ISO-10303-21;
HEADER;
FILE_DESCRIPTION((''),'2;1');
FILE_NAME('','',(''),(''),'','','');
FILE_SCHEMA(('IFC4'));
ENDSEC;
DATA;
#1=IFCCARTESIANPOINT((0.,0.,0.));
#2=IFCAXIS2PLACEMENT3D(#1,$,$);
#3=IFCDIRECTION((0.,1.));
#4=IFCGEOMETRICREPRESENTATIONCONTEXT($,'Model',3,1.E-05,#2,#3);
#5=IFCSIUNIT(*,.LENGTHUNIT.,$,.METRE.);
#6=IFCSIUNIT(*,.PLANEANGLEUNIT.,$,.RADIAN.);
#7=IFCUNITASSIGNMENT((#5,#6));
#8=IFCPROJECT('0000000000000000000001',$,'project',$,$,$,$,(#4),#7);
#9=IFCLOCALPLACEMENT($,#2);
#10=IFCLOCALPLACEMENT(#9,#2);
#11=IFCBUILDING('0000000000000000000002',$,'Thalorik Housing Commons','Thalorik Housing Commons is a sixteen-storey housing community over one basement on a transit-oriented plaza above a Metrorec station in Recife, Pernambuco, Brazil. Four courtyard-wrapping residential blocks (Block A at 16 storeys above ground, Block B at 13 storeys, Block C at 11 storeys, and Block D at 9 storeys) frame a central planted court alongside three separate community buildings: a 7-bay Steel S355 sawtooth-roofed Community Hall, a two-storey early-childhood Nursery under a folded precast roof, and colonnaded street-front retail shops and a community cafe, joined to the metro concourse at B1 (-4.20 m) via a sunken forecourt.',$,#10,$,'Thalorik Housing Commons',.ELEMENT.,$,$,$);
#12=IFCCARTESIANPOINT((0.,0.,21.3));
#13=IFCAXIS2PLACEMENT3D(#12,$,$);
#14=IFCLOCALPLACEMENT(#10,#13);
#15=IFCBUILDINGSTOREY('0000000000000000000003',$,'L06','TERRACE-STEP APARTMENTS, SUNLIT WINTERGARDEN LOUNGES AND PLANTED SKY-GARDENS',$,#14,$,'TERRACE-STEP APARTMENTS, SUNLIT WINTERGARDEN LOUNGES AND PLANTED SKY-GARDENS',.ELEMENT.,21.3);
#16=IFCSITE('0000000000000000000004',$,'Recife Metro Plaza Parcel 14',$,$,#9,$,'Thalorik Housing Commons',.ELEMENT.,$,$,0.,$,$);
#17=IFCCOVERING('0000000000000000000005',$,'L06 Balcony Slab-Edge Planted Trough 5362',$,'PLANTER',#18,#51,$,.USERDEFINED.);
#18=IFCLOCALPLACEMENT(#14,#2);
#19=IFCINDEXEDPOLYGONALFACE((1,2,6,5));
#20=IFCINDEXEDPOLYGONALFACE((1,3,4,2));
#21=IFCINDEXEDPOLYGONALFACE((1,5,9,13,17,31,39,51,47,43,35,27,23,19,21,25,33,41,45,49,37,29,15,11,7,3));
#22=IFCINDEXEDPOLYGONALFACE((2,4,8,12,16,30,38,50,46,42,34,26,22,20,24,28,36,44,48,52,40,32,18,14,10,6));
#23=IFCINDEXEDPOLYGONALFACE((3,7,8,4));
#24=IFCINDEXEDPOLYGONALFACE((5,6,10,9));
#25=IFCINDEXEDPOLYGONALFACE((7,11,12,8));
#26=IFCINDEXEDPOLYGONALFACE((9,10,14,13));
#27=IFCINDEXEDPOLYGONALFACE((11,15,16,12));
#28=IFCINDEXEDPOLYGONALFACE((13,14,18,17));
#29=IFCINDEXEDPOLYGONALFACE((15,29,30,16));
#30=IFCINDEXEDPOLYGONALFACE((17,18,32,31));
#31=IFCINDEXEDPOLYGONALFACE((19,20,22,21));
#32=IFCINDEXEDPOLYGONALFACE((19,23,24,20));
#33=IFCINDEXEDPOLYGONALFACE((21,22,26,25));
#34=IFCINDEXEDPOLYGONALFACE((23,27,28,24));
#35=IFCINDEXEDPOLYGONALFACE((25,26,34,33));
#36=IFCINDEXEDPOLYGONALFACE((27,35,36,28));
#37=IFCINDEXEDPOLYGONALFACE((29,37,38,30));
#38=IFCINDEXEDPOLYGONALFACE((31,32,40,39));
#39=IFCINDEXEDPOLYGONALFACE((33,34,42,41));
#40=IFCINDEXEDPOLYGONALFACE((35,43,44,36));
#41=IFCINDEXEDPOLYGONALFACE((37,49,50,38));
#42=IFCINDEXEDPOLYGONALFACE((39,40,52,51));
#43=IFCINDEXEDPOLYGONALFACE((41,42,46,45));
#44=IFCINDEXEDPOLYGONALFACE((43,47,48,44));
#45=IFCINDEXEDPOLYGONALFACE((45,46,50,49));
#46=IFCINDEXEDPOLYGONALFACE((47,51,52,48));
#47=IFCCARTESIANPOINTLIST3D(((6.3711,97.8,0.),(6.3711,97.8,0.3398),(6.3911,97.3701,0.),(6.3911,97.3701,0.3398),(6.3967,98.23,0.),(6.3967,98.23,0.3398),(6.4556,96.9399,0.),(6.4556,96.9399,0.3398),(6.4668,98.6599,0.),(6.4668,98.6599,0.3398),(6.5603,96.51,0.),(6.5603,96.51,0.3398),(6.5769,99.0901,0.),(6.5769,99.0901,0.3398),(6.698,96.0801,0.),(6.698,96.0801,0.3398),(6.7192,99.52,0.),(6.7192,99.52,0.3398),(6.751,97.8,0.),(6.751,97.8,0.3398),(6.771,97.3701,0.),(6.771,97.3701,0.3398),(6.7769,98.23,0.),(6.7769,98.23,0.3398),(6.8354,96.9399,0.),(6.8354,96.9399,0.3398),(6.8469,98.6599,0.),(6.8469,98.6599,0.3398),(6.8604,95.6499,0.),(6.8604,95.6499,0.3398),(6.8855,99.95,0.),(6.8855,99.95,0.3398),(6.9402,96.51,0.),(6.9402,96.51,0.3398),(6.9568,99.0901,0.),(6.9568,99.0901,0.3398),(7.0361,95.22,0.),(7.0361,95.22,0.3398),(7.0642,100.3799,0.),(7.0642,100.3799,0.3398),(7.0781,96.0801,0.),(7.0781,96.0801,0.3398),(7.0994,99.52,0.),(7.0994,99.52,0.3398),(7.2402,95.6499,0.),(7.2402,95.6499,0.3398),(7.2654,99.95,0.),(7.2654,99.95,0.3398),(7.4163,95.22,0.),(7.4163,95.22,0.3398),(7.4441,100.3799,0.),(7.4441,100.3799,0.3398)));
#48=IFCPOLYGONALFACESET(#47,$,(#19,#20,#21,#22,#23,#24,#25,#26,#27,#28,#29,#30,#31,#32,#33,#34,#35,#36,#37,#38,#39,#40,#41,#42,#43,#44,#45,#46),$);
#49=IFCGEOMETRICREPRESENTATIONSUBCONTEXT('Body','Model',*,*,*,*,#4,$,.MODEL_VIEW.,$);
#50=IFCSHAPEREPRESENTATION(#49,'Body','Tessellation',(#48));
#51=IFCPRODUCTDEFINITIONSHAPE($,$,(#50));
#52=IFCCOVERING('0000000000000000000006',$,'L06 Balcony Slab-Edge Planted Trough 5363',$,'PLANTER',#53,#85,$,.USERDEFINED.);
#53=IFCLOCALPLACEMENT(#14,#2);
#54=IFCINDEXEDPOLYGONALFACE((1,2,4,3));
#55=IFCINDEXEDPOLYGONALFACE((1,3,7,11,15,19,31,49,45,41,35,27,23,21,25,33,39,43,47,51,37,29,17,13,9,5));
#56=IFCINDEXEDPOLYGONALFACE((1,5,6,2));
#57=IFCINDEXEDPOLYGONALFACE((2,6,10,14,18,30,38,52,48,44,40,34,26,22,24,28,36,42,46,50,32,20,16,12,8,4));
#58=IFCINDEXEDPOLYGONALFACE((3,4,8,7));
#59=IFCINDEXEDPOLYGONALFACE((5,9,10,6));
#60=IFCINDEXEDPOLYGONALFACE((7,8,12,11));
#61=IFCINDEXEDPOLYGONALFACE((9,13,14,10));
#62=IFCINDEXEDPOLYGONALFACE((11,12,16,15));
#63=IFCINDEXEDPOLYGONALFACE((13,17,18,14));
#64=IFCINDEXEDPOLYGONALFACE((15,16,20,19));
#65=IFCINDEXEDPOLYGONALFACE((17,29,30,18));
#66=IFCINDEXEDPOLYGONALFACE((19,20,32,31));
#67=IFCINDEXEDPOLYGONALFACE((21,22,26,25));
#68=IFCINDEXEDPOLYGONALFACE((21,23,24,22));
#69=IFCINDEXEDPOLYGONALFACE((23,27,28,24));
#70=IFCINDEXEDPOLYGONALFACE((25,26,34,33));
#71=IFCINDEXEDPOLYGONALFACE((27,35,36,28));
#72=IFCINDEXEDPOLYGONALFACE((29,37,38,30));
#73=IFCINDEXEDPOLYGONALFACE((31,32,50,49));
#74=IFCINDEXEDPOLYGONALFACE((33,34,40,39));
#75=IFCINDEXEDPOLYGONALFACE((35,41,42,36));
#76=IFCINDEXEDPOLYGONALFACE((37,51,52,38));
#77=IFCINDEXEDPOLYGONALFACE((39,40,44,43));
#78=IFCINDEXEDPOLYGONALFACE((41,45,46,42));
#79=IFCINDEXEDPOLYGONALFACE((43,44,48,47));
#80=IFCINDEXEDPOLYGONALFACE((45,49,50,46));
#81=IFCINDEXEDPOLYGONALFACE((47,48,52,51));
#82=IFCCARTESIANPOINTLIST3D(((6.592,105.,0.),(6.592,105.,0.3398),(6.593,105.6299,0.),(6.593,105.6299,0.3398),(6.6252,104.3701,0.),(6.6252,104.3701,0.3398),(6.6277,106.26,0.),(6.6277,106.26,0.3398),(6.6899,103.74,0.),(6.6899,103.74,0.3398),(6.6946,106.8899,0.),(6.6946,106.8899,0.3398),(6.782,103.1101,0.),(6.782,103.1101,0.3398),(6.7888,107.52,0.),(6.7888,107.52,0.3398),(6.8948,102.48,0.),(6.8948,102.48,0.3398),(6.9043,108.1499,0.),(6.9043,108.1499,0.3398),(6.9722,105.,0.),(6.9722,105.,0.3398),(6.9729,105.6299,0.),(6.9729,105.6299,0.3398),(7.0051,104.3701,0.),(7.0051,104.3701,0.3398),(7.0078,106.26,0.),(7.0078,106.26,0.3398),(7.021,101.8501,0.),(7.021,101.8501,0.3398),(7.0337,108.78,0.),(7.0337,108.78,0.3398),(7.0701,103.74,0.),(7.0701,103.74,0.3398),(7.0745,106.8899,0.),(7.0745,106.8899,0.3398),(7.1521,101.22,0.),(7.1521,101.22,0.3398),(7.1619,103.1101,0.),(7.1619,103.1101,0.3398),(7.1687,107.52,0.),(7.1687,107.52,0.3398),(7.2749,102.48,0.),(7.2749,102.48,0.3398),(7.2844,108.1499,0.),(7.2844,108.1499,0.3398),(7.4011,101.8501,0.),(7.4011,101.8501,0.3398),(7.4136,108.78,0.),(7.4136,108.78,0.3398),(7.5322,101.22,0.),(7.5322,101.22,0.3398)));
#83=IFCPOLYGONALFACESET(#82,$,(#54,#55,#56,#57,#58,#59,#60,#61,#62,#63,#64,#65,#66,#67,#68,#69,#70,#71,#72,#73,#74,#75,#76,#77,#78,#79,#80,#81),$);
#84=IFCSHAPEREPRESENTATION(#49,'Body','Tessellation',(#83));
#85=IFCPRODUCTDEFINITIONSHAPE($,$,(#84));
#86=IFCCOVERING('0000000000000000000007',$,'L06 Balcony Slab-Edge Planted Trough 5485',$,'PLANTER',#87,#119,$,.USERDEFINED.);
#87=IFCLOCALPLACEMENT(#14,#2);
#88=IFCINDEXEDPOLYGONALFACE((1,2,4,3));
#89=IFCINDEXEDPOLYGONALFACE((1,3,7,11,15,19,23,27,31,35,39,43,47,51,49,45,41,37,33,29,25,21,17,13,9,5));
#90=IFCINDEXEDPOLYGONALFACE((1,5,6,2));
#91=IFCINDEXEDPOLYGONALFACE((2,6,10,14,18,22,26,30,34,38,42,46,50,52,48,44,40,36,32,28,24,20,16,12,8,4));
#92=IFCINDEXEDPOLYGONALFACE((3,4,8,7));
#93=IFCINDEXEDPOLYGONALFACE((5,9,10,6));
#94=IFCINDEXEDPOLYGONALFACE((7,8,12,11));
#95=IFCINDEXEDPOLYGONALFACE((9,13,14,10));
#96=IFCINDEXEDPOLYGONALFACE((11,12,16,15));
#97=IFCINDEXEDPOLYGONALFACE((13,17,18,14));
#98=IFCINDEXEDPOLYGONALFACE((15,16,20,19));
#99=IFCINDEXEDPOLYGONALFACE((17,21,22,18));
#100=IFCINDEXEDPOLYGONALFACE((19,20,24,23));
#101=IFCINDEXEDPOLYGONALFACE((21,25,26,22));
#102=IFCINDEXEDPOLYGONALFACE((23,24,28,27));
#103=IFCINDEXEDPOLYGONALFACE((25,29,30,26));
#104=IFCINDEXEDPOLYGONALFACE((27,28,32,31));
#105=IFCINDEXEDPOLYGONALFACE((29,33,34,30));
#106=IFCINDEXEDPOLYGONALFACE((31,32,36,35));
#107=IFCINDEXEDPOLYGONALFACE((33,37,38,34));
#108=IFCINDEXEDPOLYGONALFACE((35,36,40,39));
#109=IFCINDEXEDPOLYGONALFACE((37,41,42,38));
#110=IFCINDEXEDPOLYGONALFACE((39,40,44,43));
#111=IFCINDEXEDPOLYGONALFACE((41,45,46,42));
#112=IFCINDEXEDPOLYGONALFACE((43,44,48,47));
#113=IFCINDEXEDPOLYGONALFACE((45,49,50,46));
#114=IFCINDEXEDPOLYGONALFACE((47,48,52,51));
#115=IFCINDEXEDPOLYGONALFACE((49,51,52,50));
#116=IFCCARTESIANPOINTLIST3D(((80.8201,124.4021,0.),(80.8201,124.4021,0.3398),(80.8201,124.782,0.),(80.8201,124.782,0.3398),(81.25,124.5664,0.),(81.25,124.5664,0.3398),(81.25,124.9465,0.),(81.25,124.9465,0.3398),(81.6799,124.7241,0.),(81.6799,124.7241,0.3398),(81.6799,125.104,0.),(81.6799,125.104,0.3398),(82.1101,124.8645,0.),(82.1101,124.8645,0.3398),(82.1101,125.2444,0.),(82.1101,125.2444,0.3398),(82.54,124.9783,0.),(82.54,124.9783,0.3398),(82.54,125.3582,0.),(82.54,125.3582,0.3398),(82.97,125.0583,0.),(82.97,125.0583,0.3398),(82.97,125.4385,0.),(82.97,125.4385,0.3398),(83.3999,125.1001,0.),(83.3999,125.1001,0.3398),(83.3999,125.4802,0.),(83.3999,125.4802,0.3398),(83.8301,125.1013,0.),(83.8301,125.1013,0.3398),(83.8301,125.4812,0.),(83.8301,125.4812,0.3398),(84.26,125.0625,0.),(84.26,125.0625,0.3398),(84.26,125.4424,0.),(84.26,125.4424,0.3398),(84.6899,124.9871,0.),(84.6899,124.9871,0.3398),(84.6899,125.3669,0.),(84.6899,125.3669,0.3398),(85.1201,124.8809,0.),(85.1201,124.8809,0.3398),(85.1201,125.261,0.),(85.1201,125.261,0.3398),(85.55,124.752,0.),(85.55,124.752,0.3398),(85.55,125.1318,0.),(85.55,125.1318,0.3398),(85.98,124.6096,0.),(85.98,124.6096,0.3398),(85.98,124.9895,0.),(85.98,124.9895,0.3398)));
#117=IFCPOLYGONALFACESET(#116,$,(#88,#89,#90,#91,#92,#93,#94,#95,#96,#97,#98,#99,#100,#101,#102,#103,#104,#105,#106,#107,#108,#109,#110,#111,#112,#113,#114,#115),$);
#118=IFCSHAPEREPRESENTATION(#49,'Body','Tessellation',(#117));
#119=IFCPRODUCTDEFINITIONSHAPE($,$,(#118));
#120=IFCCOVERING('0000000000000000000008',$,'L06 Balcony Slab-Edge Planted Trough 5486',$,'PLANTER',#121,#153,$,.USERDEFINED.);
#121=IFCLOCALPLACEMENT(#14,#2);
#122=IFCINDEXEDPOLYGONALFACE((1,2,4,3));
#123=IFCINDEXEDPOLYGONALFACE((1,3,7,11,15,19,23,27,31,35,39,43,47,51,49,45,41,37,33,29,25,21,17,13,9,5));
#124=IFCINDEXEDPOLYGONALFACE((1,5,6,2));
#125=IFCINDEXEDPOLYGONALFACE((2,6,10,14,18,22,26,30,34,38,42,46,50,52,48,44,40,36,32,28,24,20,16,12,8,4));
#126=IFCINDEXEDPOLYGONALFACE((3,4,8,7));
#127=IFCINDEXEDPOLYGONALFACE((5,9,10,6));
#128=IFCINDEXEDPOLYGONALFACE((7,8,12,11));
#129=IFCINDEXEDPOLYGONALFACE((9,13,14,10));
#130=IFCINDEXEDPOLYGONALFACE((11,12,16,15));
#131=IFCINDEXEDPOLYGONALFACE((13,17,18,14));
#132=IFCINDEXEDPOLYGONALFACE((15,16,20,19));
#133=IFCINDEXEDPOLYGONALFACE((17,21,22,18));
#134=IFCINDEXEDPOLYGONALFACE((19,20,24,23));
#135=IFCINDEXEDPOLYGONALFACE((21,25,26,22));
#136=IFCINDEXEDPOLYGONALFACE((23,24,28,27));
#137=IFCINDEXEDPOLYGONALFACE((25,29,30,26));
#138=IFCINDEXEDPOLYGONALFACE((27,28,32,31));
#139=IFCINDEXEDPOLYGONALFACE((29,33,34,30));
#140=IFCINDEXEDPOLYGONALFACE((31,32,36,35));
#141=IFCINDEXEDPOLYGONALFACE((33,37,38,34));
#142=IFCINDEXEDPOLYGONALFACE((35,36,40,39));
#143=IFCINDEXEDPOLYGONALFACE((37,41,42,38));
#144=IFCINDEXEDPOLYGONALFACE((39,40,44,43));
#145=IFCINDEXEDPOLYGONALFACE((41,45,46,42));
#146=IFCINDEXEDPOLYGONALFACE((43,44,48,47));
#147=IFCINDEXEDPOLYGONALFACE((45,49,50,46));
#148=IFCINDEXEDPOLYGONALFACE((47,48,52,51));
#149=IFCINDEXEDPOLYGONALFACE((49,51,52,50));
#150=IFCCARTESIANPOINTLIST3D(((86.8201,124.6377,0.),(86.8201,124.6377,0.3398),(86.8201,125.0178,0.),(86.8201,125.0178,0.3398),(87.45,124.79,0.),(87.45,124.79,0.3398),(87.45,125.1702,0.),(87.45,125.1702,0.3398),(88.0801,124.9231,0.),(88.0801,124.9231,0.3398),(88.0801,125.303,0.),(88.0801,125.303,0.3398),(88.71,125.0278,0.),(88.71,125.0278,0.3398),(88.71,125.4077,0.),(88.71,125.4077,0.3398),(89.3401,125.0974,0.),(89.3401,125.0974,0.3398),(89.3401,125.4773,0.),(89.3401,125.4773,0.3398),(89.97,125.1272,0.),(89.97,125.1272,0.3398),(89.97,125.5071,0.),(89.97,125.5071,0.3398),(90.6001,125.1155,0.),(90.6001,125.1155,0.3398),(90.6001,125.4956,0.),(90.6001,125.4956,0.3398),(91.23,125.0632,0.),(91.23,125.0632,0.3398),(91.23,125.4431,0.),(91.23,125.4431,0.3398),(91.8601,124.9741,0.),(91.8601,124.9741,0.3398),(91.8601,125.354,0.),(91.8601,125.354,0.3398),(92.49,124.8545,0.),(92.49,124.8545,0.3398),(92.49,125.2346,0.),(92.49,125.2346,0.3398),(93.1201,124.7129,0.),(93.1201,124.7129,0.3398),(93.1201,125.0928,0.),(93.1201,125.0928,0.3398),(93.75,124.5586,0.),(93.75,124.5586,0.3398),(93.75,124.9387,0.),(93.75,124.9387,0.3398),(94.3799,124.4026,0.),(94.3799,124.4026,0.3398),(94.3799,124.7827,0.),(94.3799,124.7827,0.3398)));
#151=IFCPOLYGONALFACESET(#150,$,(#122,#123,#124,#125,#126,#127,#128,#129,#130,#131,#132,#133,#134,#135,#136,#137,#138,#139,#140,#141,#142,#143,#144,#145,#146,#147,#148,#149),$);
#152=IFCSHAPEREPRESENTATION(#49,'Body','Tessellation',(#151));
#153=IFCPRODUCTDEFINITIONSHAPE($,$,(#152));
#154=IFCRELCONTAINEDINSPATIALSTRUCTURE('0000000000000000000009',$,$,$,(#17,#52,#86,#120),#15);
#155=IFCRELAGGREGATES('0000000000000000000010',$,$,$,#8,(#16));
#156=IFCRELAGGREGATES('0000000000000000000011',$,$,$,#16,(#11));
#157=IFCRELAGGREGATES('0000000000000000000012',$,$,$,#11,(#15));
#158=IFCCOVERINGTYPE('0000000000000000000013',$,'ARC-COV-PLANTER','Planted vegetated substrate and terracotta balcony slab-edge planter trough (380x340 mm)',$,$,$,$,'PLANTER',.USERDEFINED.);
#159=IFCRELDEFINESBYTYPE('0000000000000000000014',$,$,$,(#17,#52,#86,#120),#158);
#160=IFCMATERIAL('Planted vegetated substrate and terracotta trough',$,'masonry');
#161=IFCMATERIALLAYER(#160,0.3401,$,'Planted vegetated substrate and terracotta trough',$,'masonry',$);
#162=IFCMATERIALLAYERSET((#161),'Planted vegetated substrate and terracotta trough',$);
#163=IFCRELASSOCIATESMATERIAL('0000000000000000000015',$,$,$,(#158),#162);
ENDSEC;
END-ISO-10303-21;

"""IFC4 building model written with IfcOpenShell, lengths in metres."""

from ifc_helpers import new_model, si_unit, direction, frame, origin, place, context, subcontext, project, spatial, polyline, outline, extrude, material, layer, layer_set, type_object, element, save


model = new_model("IFC4")

# Units and contexts
model_context = context("Model", 3, precision=1e-05, world=origin(), true_north=direction((0.0, 1.0)))
body_context = subcontext(model_context, "Body", "Model", "MODEL_VIEW")
ifc_project = project(units=[si_unit("LENGTHUNIT", "METRE"), si_unit("PLANEANGLEUNIT", "RADIAN")], contexts=[model_context])

# Site, building, storey
site_placement = place(None, origin())
site = spatial("IfcSite", under=ifc_project, at=site_placement, Name="Recife Metro Plaza Parcel 14", LongName="Thalorik Housing Commons", CompositionType="ELEMENT", RefElevation=0.0)
building_placement = place(site_placement, origin())
building = spatial("IfcBuilding", under=site, at=building_placement, Name="Thalorik Housing Commons", Description="Thalorik Housing Commons is a sixteen-storey housing community over one basement on a transit-oriented plaza above a Metrorec station in Recife, Pernambuco, Brazil. Four courtyard-wrapping residential blocks (Block A at 16 storeys above ground, Block B at 13 storeys, Block C at 11 storeys, and Block D at 9 storeys) frame a central planted court alongside three separate community buildings: a 7-bay Steel S355 sawtooth-roofed Community Hall, a two-storey early-childhood Nursery under a folded precast roof, and colonnaded street-front retail shops and a community cafe, joined to the metro concourse at B1 (-4.20 m) via a sunken forecourt.", LongName="Thalorik Housing Commons", CompositionType="ELEMENT")
storey_placement = place(building_placement, frame((0.0, 0.0, 21.3)))
storey = spatial("IfcBuildingStorey", under=building, at=storey_placement, Name="L06", Description="TERRACE-STEP APARTMENTS, SUNLIT WINTERGARDEN LOUNGES AND PLANTED SKY-GARDENS", LongName="TERRACE-STEP APARTMENTS, SUNLIT WINTERGARDEN LOUNGES AND PLANTED SKY-GARDENS", CompositionType="ELEMENT", Elevation=21.3)

# Coverings
ifc_material = material(Name="Planted vegetated substrate and terracotta trough", Category="masonry")
ifc_layer = layer(ifc_material, 0.3401, Name="Planted vegetated substrate and terracotta trough", Category="masonry")
ifc_layer_set = layer_set([ifc_layer], Name="Planted vegetated substrate and terracotta trough")
covering_type = type_object("IfcCoveringType", Name="ARC-COV-PLANTER", Description="Planted vegetated substrate and terracotta balcony slab-edge planter trough (380x340 mm)", ElementType="PLANTER", PredefinedType="USERDEFINED", material=ifc_layer_set)
covering_1_placement = place(storey_placement, origin())
element("IfcCovering", 1, at=covering_1_placement, inside=storey, type_object=covering_type, Name="L06 Balcony Slab-Edge Planted Trough 5362", ObjectType="PLANTER", PredefinedType="USERDEFINED", context=body_context, shape_type="SweptSolid", body=[
    extrude(outline(polyline([(7.0642, 100.3799), (6.8855, 99.95), (6.7192, 99.52), (6.5769, 99.0901), (6.4668, 98.6599), (6.3967, 98.23), (6.3711, 97.8), (6.3911, 97.3701), (6.4556, 96.9399), (6.5603, 96.51), (6.698, 96.0801), (6.8604, 95.6499), (7.0361, 95.22), (7.4163, 95.22), (7.2402, 95.6499), (7.0781, 96.0801), (6.9402, 96.51), (6.8354, 96.9399), (6.771, 97.3701), (6.751, 97.8), (6.7769, 98.23), (6.8469, 98.6599), (6.9568, 99.0901), (7.0994, 99.52), (7.2654, 99.95), (7.4441, 100.3799), (7.0642, 100.3799)])), origin(), (0.0, 0.0, 1.0), 0.3398),
])
covering_2_placement = place(storey_placement, origin())
element("IfcCovering", 2, at=covering_2_placement, inside=storey, type_object=covering_type, Name="L06 Balcony Slab-Edge Planted Trough 5363", ObjectType="PLANTER", PredefinedType="USERDEFINED", context=body_context, shape_type="SweptSolid", body=[
    extrude(outline(polyline([(7.0337, 108.78), (6.9043, 108.1499), (6.7888, 107.52), (6.6946, 106.8899), (6.6277, 106.26), (6.593, 105.6299), (6.592, 105.0), (6.6252, 104.3701), (6.6899, 103.74), (6.782, 103.1101), (6.8948, 102.48), (7.021, 101.8501), (7.1521, 101.22), (7.5322, 101.22), (7.4011, 101.8501), (7.2749, 102.48), (7.1619, 103.1101), (7.0701, 103.74), (7.0051, 104.3701), (6.9722, 105.0), (6.9729, 105.6299), (7.0078, 106.26), (7.0745, 106.8899), (7.1687, 107.52), (7.2844, 108.1499), (7.4136, 108.78), (7.0337, 108.78)])), origin(), (0.0, 0.0, 1.0), 0.3398),
])
covering_3_placement = place(storey_placement, origin())
element("IfcCovering", 3, at=covering_3_placement, inside=storey, type_object=covering_type, Name="L06 Balcony Slab-Edge Planted Trough 5485", ObjectType="PLANTER", PredefinedType="USERDEFINED", context=body_context, shape_type="SweptSolid", body=[
    extrude(outline(polyline([(85.98, 124.9895), (85.55, 125.1318), (85.1201, 125.261), (84.6899, 125.3669), (84.26, 125.4424), (83.8301, 125.4812), (83.3999, 125.4802), (82.97, 125.4385), (82.54, 125.3582), (82.1101, 125.2444), (81.6799, 125.104), (81.25, 124.9465), (80.8201, 124.782), (80.8201, 124.4021), (81.25, 124.5664), (81.6799, 124.7241), (82.1101, 124.8645), (82.54, 124.9783), (82.97, 125.0583), (83.3999, 125.1001), (83.8301, 125.1013), (84.26, 125.0625), (84.6899, 124.9871), (85.1201, 124.8809), (85.55, 124.752), (85.98, 124.6096), (85.98, 124.9895)])), origin(), (0.0, 0.0, 1.0), 0.3398),
])
covering_4_placement = place(storey_placement, origin())
element("IfcCovering", 4, at=covering_4_placement, inside=storey, type_object=covering_type, Name="L06 Balcony Slab-Edge Planted Trough 5486", ObjectType="PLANTER", PredefinedType="USERDEFINED", context=body_context, shape_type="SweptSolid", body=[
    extrude(outline(polyline([(94.3799, 124.7827), (93.75, 124.9387), (93.1201, 125.0928), (92.49, 125.2346), (91.8601, 125.354), (91.23, 125.4431), (90.6001, 125.4956), (89.97, 125.5071), (89.3401, 125.4773), (88.71, 125.4077), (88.0801, 125.303), (87.45, 125.1702), (86.8201, 125.0178), (86.8201, 124.6377), (87.45, 124.79), (88.0801, 124.9231), (88.71, 125.0278), (89.3401, 125.0974), (89.97, 125.1272), (90.6001, 125.1155), (91.23, 125.0632), (91.8601, 124.9741), (92.49, 124.8545), (93.1201, 124.7129), (93.75, 124.5586), (94.3799, 124.4026), (94.3799, 124.7827)])), origin(), (0.0, 0.0, 1.0), 0.3398),
])

save(model, "model.ifc")
